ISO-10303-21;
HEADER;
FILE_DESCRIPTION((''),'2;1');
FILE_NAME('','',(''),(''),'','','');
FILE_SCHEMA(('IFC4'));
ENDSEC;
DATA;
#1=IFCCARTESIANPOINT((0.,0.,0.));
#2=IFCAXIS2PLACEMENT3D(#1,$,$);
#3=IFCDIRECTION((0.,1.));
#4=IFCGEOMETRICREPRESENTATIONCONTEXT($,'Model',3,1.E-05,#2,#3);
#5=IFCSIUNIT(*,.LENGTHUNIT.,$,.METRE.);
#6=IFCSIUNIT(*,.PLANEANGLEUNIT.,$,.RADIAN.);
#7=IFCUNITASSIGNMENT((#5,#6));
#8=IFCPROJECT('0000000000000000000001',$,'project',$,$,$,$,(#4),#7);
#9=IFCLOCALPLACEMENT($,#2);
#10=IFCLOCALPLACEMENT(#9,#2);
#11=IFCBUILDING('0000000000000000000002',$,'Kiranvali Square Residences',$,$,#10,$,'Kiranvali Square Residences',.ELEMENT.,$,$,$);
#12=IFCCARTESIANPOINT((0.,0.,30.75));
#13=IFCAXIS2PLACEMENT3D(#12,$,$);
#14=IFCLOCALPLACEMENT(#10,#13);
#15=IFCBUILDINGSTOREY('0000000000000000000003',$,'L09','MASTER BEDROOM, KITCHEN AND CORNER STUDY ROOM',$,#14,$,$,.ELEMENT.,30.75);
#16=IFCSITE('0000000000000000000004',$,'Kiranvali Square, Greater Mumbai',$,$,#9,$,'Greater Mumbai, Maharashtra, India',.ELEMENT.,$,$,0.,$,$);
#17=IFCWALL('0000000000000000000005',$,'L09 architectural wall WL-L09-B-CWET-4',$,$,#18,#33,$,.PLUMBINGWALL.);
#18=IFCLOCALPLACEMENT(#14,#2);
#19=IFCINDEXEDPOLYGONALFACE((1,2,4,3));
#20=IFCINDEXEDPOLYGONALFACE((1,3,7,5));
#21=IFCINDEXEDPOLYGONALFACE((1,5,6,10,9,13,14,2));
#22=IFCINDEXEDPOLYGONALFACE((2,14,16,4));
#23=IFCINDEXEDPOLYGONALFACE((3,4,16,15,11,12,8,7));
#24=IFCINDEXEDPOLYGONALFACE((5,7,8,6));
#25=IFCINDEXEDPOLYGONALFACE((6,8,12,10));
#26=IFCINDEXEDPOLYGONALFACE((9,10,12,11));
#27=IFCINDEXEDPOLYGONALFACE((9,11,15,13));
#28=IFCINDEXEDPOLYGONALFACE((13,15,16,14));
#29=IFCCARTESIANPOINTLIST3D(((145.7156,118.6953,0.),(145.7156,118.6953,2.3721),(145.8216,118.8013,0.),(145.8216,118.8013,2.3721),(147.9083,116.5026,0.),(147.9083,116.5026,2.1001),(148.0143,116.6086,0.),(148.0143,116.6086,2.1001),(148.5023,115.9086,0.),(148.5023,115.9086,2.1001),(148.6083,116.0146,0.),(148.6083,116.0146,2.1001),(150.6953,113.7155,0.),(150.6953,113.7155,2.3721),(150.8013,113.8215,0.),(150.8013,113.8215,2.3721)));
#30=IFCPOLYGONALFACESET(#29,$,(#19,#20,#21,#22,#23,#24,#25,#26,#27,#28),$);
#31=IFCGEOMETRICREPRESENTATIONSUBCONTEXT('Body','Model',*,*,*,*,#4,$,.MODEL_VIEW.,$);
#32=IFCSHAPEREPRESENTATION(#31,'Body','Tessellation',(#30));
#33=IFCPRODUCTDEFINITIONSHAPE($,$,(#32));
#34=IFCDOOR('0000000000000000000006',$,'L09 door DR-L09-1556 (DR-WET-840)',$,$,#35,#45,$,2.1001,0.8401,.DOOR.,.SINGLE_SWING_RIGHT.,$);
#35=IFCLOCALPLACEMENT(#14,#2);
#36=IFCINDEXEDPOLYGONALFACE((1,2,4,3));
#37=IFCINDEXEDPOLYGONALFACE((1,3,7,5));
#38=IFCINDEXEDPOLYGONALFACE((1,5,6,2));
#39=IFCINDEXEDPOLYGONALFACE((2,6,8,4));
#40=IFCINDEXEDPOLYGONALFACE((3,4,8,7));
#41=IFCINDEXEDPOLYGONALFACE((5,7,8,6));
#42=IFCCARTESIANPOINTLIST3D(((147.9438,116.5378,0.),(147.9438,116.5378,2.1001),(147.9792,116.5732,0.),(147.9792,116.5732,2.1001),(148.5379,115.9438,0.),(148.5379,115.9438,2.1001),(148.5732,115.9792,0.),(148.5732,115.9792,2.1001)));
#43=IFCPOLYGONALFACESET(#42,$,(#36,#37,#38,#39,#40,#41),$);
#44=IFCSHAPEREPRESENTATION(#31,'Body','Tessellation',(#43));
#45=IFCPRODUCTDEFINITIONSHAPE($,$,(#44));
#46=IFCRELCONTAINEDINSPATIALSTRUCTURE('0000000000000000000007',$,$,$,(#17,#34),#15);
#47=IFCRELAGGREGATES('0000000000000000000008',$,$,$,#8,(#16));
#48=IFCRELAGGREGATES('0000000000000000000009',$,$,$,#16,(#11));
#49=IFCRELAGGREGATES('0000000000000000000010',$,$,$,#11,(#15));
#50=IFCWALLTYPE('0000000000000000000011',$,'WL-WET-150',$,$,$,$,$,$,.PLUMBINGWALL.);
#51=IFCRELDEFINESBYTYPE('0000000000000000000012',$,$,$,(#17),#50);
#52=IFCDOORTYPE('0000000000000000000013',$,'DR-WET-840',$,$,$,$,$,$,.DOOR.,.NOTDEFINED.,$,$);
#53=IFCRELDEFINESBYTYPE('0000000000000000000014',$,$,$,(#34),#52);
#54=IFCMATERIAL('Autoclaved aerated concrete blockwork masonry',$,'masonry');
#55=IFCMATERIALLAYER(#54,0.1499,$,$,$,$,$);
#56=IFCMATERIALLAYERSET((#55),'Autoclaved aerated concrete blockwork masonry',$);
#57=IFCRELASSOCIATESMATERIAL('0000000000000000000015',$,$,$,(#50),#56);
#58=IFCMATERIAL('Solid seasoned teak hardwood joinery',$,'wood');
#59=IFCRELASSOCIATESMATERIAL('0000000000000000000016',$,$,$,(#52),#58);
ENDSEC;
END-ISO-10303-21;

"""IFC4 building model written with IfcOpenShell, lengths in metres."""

from ifc_helpers import new_model, si_unit, direction, frame, frame_2d, origin, place, context, subcontext, project, spatial, rectangle, extrude, material, layer, layer_set, type_object, element, fill, save


model = new_model("IFC4")

# Units and contexts
model_context = context("Model", 3, precision=1e-05, world=origin(), true_north=direction((0.0, 1.0)))
body_context = subcontext(model_context, "Body", "Model", "MODEL_VIEW")
ifc_project = project(units=[si_unit("LENGTHUNIT", "METRE"), si_unit("PLANEANGLEUNIT", "RADIAN")], contexts=[model_context])

# Site, building, storey
site_placement = place(None, origin())
site = spatial("IfcSite", under=ifc_project, at=site_placement, Name="Kiranvali Square, Greater Mumbai", LongName="Greater Mumbai, Maharashtra, India", CompositionType="ELEMENT", RefElevation=0.0)
building_placement = place(site_placement, origin())
building = spatial("IfcBuilding", under=site, at=building_placement, Name="Kiranvali Square Residences", LongName="Kiranvali Square Residences", CompositionType="ELEMENT")
storey_placement = place(building_placement, frame((0.0, 0.0, 30.75)))
storey = spatial("IfcBuildingStorey", under=building, at=storey_placement, Name="L09", Description="MASTER BEDROOM, KITCHEN AND CORNER STUDY ROOM", CompositionType="ELEMENT", Elevation=30.75)

# Wall, opening, door
ifc_material_1 = material(Name="Autoclaved aerated concrete blockwork masonry", Category="masonry")
ifc_layer_1 = layer(ifc_material_1, 0.1499)
ifc_layer_set_1 = layer_set([ifc_layer_1], Name="Autoclaved aerated concrete blockwork masonry")
wall_type_1 = type_object("IfcWallType", Name="WL-WET-150", PredefinedType="PLUMBINGWALL", material=ifc_layer_set_1)
wall_1_placement = place(storey_placement, frame((145.7686, 118.7483, 0.0), z_axis=(0.0, 0.0, 1.0), x_axis=(0.707107, -0.707107, 0.0)))
wall_1 = element("IfcWall", 1, at=wall_1_placement, inside=storey, type_object=wall_type_1, Name="L09 architectural wall WL-L09-B-CWET-4", PredefinedType="PLUMBINGWALL", context=body_context, shape_type="SweptSolid", body=[
    extrude(rectangle(XDim=7.0425, YDim=0.1499, at=frame_2d((3.5212, 0.0))), origin(), (0.0, 0.0, 1.0), 2.3721),
])
opening_1_placement = place(wall_1_placement, frame((3.1011, 0.0, 0.0)))
opening_1 = element("IfcOpeningElement", 2, at=opening_1_placement, cuts=wall_1, PredefinedType="OPENING", context=body_context, shape_type="SweptSolid", body=[
    extrude(rectangle(XDim=0.8401, YDim=2.1001, at=frame_2d((0.4199, 1.05))), frame((0.0, 0.085, 0.0), z_axis=(0.0, -1.0, 0.0), x_axis=(1.0, 0.0, 0.0)), (0.0, 0.0, 1.0), 0.1699),
])
ifc_material_2 = material(Name="Solid seasoned teak hardwood joinery", Category="wood")
door_type_1 = type_object("IfcDoorType", Name="DR-WET-840", OperationType="NOTDEFINED", PredefinedType="DOOR", material=ifc_material_2)
door_1_placement = place(opening_1_placement, frame((0.8401, 0.0, 0.0), z_axis=(0.0, 0.0, 1.0), x_axis=(-1.0, 0.0, 0.0)))
door_1 = element("IfcDoor", 3, at=door_1_placement, inside=storey, type_object=door_type_1, Name="L09 door DR-L09-1556 (DR-WET-840)", OperationType="SINGLE_SWING_RIGHT", OverallHeight=2.1001, OverallWidth=0.8401, PredefinedType="DOOR", context=body_context, shape_type="SweptSolid", body=[
    extrude(rectangle(XDim=0.8401, YDim=2.1001, at=frame_2d((0.4199, 1.05))), frame((0.0, 0.0249, 0.0), z_axis=(0.0, -1.0, 0.0), x_axis=(1.0, 0.0, 0.0)), (0.0, 0.0, 1.0), 0.05),
])
fill(opening_1, door_1)

save(model, "model.ifc")
